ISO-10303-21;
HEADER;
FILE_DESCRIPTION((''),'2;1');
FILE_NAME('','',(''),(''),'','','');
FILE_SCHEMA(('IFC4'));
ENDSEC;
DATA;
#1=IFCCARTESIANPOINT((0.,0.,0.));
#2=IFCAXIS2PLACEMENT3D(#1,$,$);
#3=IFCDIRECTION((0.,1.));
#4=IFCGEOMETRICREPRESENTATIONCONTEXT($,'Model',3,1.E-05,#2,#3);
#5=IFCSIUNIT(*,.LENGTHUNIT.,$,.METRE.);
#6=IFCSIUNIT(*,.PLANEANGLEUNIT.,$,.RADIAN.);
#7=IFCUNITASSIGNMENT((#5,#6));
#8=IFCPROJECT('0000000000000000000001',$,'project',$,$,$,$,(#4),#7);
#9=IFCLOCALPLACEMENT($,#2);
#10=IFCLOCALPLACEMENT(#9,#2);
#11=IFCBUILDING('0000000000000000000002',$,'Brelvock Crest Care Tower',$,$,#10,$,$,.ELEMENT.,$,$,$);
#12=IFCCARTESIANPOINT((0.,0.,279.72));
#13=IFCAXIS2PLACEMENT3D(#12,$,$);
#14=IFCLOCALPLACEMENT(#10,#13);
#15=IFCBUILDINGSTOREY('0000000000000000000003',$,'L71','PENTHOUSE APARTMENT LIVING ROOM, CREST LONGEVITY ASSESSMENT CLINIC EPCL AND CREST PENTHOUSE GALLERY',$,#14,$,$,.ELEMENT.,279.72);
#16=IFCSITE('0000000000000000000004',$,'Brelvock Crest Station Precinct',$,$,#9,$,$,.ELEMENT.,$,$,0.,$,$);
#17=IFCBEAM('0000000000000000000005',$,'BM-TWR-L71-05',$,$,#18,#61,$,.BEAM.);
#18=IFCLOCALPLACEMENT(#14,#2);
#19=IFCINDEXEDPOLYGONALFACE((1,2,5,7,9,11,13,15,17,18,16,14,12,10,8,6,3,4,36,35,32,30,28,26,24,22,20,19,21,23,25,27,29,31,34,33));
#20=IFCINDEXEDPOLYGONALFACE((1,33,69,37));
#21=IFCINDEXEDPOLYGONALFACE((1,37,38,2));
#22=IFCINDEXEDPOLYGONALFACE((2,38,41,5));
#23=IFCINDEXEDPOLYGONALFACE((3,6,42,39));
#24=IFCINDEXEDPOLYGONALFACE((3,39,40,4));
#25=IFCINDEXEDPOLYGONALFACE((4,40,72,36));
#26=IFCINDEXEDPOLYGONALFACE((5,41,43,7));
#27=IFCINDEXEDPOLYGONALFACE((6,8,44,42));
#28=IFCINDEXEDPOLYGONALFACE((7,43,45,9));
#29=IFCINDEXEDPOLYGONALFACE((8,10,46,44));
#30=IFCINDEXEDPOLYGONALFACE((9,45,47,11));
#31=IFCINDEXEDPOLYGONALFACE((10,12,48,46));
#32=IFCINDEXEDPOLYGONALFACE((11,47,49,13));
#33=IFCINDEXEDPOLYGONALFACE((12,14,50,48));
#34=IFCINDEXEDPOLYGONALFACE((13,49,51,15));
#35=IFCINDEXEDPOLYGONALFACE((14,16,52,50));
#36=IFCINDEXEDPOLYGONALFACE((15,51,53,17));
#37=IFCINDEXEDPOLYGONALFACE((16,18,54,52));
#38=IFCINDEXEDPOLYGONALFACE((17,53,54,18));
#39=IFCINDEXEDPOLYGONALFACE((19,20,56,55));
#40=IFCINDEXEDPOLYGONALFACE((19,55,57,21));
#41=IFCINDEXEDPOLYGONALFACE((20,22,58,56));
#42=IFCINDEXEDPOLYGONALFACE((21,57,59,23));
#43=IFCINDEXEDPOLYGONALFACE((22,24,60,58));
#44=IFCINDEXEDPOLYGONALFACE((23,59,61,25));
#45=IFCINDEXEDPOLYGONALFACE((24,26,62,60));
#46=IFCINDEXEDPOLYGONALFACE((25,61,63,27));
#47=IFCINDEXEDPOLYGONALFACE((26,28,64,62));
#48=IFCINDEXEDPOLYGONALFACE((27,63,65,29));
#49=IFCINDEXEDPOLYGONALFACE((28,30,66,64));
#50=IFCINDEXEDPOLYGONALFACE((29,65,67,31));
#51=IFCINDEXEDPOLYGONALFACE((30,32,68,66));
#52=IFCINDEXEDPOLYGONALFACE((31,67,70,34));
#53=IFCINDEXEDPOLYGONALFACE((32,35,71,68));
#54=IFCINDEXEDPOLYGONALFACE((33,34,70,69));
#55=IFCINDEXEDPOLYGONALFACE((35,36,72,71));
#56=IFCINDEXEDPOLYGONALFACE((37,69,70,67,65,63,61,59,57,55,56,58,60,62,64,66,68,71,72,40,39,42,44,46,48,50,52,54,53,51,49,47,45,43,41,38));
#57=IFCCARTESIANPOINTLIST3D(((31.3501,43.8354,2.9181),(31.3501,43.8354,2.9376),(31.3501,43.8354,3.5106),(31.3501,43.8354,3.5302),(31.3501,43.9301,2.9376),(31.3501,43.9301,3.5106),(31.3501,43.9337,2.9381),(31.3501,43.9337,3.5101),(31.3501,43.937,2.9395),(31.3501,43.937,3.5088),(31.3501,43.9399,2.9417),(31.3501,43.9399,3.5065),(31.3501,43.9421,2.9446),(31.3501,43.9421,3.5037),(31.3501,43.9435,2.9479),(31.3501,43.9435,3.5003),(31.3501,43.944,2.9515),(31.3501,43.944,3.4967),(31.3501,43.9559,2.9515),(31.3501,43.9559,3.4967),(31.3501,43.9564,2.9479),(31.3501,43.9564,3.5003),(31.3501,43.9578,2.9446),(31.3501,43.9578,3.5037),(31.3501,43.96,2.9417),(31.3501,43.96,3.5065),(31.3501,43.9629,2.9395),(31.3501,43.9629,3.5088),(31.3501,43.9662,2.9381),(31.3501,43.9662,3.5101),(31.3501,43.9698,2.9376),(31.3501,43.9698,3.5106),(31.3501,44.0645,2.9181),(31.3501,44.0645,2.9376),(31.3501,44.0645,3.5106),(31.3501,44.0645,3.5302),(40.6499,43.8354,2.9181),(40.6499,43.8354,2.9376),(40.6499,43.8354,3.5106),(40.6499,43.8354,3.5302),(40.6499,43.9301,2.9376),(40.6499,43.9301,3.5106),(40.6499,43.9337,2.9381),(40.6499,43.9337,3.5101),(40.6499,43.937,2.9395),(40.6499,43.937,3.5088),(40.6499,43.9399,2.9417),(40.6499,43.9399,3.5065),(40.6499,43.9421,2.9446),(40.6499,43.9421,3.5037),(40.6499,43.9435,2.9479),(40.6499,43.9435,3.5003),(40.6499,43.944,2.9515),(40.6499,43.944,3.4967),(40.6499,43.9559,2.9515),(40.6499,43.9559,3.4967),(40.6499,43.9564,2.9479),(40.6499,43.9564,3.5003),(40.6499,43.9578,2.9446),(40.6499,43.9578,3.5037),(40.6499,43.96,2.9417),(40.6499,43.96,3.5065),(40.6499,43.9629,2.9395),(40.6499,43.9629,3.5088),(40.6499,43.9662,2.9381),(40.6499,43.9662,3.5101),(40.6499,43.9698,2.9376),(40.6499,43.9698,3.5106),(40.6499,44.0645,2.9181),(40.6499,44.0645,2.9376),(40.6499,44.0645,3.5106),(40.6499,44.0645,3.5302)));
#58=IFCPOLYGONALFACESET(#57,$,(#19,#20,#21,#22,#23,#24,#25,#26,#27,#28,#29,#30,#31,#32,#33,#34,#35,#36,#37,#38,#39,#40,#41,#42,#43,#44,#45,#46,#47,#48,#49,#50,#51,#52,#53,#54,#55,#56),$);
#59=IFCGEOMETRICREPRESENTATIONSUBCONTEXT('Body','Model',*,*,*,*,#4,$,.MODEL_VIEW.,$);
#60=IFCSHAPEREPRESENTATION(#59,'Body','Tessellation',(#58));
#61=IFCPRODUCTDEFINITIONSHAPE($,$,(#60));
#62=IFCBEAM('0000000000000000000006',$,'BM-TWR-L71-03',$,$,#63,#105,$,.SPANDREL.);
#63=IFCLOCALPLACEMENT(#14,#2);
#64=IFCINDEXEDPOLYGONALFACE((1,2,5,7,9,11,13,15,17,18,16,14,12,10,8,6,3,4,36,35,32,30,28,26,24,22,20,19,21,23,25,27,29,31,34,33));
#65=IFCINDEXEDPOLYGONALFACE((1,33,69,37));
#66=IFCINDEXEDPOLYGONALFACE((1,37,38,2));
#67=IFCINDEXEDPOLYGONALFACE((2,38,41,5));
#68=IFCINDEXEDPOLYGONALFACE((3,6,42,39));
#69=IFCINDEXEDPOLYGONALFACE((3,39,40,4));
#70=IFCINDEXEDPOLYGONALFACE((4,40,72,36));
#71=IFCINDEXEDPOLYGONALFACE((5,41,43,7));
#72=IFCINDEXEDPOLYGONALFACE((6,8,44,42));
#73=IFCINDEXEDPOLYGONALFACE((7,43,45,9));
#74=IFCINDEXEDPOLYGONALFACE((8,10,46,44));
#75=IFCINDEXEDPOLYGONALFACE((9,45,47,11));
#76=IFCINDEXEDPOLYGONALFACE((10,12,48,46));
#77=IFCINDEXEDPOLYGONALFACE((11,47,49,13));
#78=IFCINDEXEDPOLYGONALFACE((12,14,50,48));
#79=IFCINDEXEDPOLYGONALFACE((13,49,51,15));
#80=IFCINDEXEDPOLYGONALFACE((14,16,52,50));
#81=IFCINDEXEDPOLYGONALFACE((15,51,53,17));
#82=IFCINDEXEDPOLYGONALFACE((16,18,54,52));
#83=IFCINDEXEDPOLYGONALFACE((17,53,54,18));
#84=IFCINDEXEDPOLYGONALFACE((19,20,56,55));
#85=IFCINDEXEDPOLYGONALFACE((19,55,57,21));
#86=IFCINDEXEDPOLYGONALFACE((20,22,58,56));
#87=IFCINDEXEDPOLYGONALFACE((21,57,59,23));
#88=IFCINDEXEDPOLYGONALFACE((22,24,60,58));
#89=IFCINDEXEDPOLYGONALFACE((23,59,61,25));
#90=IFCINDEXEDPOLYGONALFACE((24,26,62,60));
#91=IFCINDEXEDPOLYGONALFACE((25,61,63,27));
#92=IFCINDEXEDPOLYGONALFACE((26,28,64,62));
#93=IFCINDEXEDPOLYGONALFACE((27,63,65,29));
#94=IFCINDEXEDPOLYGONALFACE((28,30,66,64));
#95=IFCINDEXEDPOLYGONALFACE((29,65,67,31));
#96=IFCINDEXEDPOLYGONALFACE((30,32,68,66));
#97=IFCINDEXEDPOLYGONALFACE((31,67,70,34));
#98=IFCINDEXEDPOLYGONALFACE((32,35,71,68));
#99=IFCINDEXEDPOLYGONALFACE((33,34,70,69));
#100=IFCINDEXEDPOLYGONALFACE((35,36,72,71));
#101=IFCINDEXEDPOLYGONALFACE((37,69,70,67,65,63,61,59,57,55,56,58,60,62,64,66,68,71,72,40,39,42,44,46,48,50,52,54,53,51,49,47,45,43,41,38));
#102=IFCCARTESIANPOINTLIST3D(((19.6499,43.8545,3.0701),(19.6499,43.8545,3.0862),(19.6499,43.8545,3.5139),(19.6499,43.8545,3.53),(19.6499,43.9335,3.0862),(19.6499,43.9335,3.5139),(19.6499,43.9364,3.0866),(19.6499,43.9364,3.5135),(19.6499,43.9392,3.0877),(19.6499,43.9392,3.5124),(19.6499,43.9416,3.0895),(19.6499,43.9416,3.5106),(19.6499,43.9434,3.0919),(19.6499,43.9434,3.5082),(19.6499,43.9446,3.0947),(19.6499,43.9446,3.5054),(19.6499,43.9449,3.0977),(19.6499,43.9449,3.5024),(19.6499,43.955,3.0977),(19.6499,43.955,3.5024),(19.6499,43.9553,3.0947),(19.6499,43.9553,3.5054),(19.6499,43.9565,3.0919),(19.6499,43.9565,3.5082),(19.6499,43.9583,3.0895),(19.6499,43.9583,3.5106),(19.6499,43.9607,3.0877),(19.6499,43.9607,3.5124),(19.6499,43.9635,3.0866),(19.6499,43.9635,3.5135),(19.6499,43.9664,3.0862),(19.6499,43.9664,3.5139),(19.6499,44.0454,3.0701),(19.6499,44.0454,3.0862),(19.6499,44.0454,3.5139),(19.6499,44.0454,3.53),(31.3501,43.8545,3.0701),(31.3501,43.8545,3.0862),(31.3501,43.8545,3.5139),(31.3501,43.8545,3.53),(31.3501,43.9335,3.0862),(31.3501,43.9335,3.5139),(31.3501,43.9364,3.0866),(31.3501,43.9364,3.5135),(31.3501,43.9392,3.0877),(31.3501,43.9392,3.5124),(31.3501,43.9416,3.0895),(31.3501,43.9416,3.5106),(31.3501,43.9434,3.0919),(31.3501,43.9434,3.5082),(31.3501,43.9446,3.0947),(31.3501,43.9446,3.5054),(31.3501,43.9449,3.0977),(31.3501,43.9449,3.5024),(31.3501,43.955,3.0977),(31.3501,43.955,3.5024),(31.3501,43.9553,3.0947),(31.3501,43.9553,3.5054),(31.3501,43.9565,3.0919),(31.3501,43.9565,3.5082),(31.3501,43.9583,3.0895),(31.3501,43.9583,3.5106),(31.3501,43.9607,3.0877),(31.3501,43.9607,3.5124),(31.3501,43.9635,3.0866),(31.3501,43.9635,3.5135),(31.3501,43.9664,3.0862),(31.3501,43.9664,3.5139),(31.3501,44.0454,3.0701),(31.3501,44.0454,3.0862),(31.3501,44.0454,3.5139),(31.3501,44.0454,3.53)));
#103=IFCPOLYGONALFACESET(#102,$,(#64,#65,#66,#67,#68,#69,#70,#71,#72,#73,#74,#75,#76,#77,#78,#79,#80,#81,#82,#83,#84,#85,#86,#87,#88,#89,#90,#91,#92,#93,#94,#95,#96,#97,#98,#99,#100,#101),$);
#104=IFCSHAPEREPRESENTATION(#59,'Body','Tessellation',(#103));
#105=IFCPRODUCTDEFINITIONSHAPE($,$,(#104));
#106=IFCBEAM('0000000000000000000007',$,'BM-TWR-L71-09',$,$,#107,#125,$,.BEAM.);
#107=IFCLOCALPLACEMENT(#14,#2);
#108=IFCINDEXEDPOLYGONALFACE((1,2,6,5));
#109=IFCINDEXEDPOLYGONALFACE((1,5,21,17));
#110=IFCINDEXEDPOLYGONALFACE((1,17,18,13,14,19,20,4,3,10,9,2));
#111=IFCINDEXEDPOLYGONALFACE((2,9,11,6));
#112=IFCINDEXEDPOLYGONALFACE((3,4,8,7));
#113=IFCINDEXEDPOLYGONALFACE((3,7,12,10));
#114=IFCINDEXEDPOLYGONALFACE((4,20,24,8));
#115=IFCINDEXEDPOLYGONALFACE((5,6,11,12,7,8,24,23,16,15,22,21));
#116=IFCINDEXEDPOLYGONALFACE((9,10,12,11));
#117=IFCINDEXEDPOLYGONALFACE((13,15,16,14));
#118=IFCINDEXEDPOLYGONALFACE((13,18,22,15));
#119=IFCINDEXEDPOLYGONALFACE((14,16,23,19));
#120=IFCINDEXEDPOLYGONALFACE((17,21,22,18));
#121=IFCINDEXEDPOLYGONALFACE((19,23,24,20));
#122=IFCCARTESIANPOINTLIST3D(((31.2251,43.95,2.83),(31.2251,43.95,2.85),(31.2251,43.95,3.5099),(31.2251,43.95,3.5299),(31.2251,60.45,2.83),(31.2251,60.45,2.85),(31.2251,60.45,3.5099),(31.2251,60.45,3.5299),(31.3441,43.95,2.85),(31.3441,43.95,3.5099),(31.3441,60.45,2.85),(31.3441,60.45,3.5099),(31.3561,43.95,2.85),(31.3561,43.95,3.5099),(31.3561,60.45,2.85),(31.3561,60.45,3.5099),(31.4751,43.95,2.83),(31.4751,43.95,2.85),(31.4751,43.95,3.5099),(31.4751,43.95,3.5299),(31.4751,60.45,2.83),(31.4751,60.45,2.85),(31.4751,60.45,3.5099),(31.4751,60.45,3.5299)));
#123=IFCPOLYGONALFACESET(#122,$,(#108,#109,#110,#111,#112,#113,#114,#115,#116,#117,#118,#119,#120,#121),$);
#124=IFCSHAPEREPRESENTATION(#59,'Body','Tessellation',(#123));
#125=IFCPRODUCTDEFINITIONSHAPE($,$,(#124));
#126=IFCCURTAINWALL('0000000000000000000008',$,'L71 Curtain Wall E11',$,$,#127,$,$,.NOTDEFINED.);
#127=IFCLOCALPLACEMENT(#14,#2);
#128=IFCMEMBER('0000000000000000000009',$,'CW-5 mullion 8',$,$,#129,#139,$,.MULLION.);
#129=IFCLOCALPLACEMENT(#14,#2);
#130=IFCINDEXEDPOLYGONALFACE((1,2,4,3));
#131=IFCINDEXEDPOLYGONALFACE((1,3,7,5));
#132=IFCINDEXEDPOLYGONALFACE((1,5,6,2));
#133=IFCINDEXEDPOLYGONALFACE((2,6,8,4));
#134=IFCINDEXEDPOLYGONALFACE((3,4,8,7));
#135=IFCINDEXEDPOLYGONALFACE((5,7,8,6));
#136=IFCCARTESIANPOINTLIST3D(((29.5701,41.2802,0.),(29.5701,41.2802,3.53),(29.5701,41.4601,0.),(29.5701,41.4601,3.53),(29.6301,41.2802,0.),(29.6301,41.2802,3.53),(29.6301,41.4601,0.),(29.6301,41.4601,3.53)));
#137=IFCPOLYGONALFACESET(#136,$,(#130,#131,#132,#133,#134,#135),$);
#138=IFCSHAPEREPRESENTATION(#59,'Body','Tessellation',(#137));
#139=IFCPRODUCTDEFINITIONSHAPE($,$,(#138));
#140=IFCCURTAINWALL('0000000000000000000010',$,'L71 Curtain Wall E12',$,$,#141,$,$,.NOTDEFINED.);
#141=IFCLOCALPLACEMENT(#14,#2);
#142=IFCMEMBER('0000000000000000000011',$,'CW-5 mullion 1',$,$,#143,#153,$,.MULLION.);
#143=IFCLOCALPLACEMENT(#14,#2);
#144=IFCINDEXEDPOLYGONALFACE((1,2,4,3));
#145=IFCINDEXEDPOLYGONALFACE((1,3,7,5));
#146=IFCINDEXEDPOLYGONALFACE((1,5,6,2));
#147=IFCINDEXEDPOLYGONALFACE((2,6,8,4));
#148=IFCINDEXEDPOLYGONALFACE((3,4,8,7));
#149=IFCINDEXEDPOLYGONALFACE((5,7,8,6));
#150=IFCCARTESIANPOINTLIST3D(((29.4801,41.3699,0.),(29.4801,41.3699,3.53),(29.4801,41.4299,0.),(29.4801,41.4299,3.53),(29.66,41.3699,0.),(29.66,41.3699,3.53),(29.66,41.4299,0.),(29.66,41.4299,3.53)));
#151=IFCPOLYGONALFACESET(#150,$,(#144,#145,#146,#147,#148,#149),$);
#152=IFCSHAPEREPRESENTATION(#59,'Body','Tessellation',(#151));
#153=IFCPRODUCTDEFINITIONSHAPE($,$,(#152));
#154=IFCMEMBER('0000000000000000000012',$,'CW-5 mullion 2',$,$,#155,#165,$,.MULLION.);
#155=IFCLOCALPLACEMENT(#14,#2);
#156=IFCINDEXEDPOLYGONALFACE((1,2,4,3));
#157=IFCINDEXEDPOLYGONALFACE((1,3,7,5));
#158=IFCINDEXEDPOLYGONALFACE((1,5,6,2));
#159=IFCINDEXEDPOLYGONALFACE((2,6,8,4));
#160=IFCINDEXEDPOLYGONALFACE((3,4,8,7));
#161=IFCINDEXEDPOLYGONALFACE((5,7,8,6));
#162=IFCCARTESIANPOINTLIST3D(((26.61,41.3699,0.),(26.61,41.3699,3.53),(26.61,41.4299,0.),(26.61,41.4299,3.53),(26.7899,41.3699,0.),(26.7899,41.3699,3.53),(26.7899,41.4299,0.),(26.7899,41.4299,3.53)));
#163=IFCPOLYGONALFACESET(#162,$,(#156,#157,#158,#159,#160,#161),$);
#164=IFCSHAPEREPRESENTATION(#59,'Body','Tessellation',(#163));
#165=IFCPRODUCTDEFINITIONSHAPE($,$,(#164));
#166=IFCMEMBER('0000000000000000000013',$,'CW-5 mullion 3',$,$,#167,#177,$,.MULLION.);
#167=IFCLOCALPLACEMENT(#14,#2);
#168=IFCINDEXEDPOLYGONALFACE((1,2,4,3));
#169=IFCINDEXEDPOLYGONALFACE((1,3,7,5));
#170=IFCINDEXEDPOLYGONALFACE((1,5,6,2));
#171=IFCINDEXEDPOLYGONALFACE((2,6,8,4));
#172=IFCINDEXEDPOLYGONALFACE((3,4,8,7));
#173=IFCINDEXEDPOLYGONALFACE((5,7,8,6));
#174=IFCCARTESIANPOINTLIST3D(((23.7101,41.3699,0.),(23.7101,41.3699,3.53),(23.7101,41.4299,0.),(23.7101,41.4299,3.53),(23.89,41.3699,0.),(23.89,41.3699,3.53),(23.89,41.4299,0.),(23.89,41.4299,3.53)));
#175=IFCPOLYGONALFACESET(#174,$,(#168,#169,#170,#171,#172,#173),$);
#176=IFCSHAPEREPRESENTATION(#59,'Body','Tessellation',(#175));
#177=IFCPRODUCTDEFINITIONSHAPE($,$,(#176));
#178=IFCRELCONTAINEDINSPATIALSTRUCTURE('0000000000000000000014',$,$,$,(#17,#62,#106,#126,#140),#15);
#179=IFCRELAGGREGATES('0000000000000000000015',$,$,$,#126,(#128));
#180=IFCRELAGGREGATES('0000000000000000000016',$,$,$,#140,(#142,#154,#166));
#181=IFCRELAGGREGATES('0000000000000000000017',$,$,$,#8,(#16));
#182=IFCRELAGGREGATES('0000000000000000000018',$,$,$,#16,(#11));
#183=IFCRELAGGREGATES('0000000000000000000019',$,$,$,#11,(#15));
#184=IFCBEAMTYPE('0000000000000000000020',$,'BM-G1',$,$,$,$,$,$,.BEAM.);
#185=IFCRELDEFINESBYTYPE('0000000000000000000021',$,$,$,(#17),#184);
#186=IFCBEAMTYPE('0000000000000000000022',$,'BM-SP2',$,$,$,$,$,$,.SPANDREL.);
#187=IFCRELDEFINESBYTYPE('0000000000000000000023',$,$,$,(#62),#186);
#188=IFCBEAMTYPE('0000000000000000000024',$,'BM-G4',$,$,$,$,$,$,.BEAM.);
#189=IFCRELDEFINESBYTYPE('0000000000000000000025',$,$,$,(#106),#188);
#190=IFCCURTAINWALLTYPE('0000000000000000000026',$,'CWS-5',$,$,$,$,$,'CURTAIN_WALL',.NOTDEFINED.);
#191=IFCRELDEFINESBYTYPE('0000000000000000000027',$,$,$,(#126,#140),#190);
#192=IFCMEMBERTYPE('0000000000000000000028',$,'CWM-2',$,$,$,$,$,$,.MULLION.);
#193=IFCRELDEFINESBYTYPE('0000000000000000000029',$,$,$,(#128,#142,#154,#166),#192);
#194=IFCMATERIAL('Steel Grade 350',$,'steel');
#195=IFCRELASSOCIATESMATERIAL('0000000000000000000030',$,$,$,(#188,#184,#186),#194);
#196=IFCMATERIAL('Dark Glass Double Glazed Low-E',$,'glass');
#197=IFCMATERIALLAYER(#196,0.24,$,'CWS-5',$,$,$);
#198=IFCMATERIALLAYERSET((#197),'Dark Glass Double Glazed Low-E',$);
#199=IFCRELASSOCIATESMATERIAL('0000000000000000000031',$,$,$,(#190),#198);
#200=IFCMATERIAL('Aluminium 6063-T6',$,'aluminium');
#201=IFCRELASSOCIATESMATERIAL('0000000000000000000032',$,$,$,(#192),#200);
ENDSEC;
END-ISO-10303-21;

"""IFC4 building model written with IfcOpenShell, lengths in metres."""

from ifc_helpers import new_model, si_unit, direction, frame, origin, origin_2d, place, context, subcontext, project, spatial, rectangle, i_section, extrude, source, transform, mapped, material, layer, layer_set, material_profile, profile_set, type_object, element, aggregate, save


model = new_model("IFC4")

# Units and contexts
model_context = context("Model", 3, precision=1e-05, world=origin(), true_north=direction((0.0, 1.0)))
body_context = subcontext(model_context, "Body", "Model", "MODEL_VIEW")
ifc_project = project(units=[si_unit("LENGTHUNIT", "METRE"), si_unit("PLANEANGLEUNIT", "RADIAN")], contexts=[model_context])

# Site, building, storey
site_placement = place(None, origin())
site = spatial("IfcSite", under=ifc_project, at=site_placement, Name="Brelvock Crest Station Precinct", CompositionType="ELEMENT", RefElevation=0.0)
building_placement = place(site_placement, origin())
building = spatial("IfcBuilding", under=site, at=building_placement, Name="Brelvock Crest Care Tower", CompositionType="ELEMENT")
storey_placement = place(building_placement, frame((0.0, 0.0, 279.72)))
storey = spatial("IfcBuildingStorey", under=building, at=storey_placement, Name="L71", Description="PENTHOUSE APARTMENT LIVING ROOM, CREST LONGEVITY ASSESSMENT CLINIC EPCL AND CREST PENTHOUSE GALLERY", CompositionType="ELEMENT", Elevation=279.72)

# Shared definitions
ifc_material_1 = material(Name="Steel Grade 350", Category="steel")

# Beams
ifc_material_profile_1 = material_profile(ifc_material_1, i_section(OverallWidth=0.25, OverallDepth=0.7, WebThickness=0.012, FlangeThickness=0.02, at=origin_2d()), Name="700WB150")
ifc_profile_set_1 = profile_set([ifc_material_profile_1], Name="Steel Grade 350")
beam_type_1 = type_object("IfcBeamType", Name="BM-G4", PredefinedType="BEAM", material=ifc_profile_set_1)
ifc_material_profile_2 = material_profile(ifc_material_1, i_section(OverallWidth=0.229, OverallDepth=0.6121, WebThickness=0.012, FlangeThickness=0.0195, FilletRadius=0.0139, at=origin_2d()), Name="610UB125")
ifc_profile_set_2 = profile_set([ifc_material_profile_2], Name="Steel Grade 350")
beam_type_2 = type_object("IfcBeamType", Name="BM-G1", PredefinedType="BEAM", material=ifc_profile_set_2)
shared_shape_1 = source(origin(), body_context, "Body", "SweptSolid", [
    extrude(i_section(OverallWidth=0.229, OverallDepth=0.6121, WebThickness=0.012, FlangeThickness=0.0195, FilletRadius=0.0139, at=origin_2d()), origin(), (0.0, 0.0, 1.0), 9.2998),
])
beam_1_placement = place(storey_placement, frame((31.3501, 43.95, 3.2241), z_axis=(1.0, 0.0, 0.0), x_axis=(0.0, 1.0, 0.0)))
element("IfcBeam", 1, at=beam_1_placement, inside=storey, type_object=beam_type_2, Name="BM-TWR-L71-05", PredefinedType="BEAM", context=body_context, shape_type="MappedRepresentation", body=[
    mapped(shared_shape_1, transform((0.0, 0.0, 0.0), x_axis=(1.0, 0.0, 0.0), y_axis=(0.0, 1.0, 0.0), z_axis=(0.0, 0.0, 1.0), scale=1.0)),
])
ifc_material_profile_3 = material_profile(ifc_material_1, i_section(OverallWidth=0.1909, OverallDepth=0.46, WebThickness=0.01, FlangeThickness=0.0161, FilletRadius=0.0115, at=origin_2d()), Name="460UB82.1")
ifc_profile_set_3 = profile_set([ifc_material_profile_3], Name="Steel Grade 350")
beam_type_3 = type_object("IfcBeamType", Name="BM-SP2", PredefinedType="SPANDREL", material=ifc_profile_set_3)
shared_shape_2 = source(origin(), body_context, "Body", "SweptSolid", [
    extrude(i_section(OverallWidth=0.1909, OverallDepth=0.46, WebThickness=0.01, FlangeThickness=0.0161, FilletRadius=0.0115, at=origin_2d()), origin(), (0.0, 0.0, 1.0), 11.7002),
])
beam_2_placement = place(storey_placement, frame((19.6499, 43.95, 3.3), z_axis=(1.0, 0.0, 0.0), x_axis=(0.0, 1.0, 0.0)))
element("IfcBeam", 2, at=beam_2_placement, inside=storey, type_object=beam_type_3, Name="BM-TWR-L71-03", PredefinedType="SPANDREL", context=body_context, shape_type="MappedRepresentation", body=[
    mapped(shared_shape_2, transform((0.0, 0.0, 0.0), x_axis=(1.0, 0.0, 0.0), y_axis=(0.0, 1.0, 0.0), z_axis=(0.0, 0.0, 1.0), scale=1.0)),
])
shared_shape_3 = source(origin(), body_context, "Body", "SweptSolid", [
    extrude(i_section(OverallWidth=0.25, OverallDepth=0.7, WebThickness=0.012, FlangeThickness=0.02, at=origin_2d()), origin(), (0.0, 0.0, 1.0), 16.5),
])
beam_3_placement = place(storey_placement, frame((31.3501, 43.95, 3.1799), z_axis=(0.0, 1.0, 0.0), x_axis=(-1.0, 0.0, 0.0)))
element("IfcBeam", 3, at=beam_3_placement, inside=storey, type_object=beam_type_1, Name="BM-TWR-L71-09", PredefinedType="BEAM", context=body_context, shape_type="MappedRepresentation", body=[
    mapped(shared_shape_3, transform((0.0, 0.0, 0.0), x_axis=(1.0, 0.0, 0.0), y_axis=(0.0, 1.0, 0.0), z_axis=(0.0, 0.0, 1.0), scale=1.0)),
])

# Curtain wall, member
ifc_material_2 = material(Name="Dark Glass Double Glazed Low-E", Category="glass")
ifc_layer_1 = layer(ifc_material_2, 0.24, Name="CWS-5")
ifc_layer_set_1 = layer_set([ifc_layer_1], Name="Dark Glass Double Glazed Low-E")
curtain_wall_type = type_object("IfcCurtainWallType", Name="CWS-5", ElementType="CURTAIN_WALL", PredefinedType="NOTDEFINED", material=ifc_layer_set_1)
curtain_wall_1_placement = place(storey_placement, origin())
curtain_wall_1 = element("IfcCurtainWall", 4, at=curtain_wall_1_placement, inside=storey, type_object=curtain_wall_type, Name="L71 Curtain Wall E11", PredefinedType="NOTDEFINED")
ifc_material_3 = material(Name="Aluminium 6063-T6", Category="aluminium")
ifc_material_profile_4 = material_profile(ifc_material_3, rectangle(XDim=0.0601, YDim=0.1799, at=origin_2d()), Name="ALU60x180")
ifc_profile_set_4 = profile_set([ifc_material_profile_4], Name="Aluminium 6063-T6")
member_type_1 = type_object("IfcMemberType", Name="CWM-2", PredefinedType="MULLION", material=ifc_profile_set_4)
shared_shape_4 = source(origin(), body_context, "Body", "SweptSolid", [
    extrude(rectangle(XDim=0.0601, YDim=0.1799, at=origin_2d()), origin(), (0.0, 0.0, 1.0), 3.53),
])
member_1_placement = place(storey_placement, frame((29.6001, 41.3701, 0.0), z_axis=(0.0, 0.0, 1.0), x_axis=(-1.0, 0.0, 0.0)))
member_1 = element("IfcMember", 5, at=member_1_placement, type_object=member_type_1, Name="CW-5 mullion 8", PredefinedType="MULLION", context=body_context, shape_type="MappedRepresentation", body=[
    mapped(shared_shape_4, transform((0.0, 0.0, 0.0), x_axis=(1.0, 0.0, 0.0), y_axis=(0.0, 1.0, 0.0), z_axis=(0.0, 0.0, 1.0), scale=1.0)),
])
aggregate(curtain_wall_1, [member_1])

# Curtain wall, members
curtain_wall_2_placement = place(storey_placement, origin())
curtain_wall_2 = element("IfcCurtainWall", 6, at=curtain_wall_2_placement, inside=storey, type_object=curtain_wall_type, Name="L71 Curtain Wall E12", PredefinedType="NOTDEFINED")
member_2_placement = place(storey_placement, frame((29.5701, 41.3999, 0.0), z_axis=(0.0, 0.0, 1.0), x_axis=(0.0, -1.0, 0.0)))
member_2 = element("IfcMember", 7, at=member_2_placement, type_object=member_type_1, Name="CW-5 mullion 1", PredefinedType="MULLION", context=body_context, shape_type="MappedRepresentation", body=[
    mapped(shared_shape_4, transform((0.0, 0.0, 0.0), x_axis=(1.0, 0.0, 0.0), y_axis=(0.0, 1.0, 0.0), z_axis=(0.0, 0.0, 1.0), scale=1.0)),
])
member_3_placement = place(storey_placement, frame((26.7, 41.3999, 0.0), z_axis=(0.0, 0.0, 1.0), x_axis=(0.0, -1.0, 0.0)))
member_3 = element("IfcMember", 8, at=member_3_placement, type_object=member_type_1, Name="CW-5 mullion 2", PredefinedType="MULLION", context=body_context, shape_type="MappedRepresentation", body=[
    mapped(shared_shape_4, transform((0.0, 0.0, 0.0), x_axis=(1.0, 0.0, 0.0), y_axis=(0.0, 1.0, 0.0), z_axis=(0.0, 0.0, 1.0), scale=1.0)),
])
member_4_placement = place(storey_placement, frame((23.8, 41.3999, 0.0), z_axis=(0.0, 0.0, 1.0), x_axis=(0.0, -1.0, 0.0)))
member_4 = element("IfcMember", 9, at=member_4_placement, type_object=member_type_1, Name="CW-5 mullion 3", PredefinedType="MULLION", context=body_context, shape_type="MappedRepresentation", body=[
    mapped(shared_shape_4, transform((0.0, 0.0, 0.0), x_axis=(1.0, 0.0, 0.0), y_axis=(0.0, 1.0, 0.0), z_axis=(0.0, 0.0, 1.0), scale=1.0)),
])
aggregate(curtain_wall_2, [member_2, member_3, member_4])

save(model, "model.ifc")
